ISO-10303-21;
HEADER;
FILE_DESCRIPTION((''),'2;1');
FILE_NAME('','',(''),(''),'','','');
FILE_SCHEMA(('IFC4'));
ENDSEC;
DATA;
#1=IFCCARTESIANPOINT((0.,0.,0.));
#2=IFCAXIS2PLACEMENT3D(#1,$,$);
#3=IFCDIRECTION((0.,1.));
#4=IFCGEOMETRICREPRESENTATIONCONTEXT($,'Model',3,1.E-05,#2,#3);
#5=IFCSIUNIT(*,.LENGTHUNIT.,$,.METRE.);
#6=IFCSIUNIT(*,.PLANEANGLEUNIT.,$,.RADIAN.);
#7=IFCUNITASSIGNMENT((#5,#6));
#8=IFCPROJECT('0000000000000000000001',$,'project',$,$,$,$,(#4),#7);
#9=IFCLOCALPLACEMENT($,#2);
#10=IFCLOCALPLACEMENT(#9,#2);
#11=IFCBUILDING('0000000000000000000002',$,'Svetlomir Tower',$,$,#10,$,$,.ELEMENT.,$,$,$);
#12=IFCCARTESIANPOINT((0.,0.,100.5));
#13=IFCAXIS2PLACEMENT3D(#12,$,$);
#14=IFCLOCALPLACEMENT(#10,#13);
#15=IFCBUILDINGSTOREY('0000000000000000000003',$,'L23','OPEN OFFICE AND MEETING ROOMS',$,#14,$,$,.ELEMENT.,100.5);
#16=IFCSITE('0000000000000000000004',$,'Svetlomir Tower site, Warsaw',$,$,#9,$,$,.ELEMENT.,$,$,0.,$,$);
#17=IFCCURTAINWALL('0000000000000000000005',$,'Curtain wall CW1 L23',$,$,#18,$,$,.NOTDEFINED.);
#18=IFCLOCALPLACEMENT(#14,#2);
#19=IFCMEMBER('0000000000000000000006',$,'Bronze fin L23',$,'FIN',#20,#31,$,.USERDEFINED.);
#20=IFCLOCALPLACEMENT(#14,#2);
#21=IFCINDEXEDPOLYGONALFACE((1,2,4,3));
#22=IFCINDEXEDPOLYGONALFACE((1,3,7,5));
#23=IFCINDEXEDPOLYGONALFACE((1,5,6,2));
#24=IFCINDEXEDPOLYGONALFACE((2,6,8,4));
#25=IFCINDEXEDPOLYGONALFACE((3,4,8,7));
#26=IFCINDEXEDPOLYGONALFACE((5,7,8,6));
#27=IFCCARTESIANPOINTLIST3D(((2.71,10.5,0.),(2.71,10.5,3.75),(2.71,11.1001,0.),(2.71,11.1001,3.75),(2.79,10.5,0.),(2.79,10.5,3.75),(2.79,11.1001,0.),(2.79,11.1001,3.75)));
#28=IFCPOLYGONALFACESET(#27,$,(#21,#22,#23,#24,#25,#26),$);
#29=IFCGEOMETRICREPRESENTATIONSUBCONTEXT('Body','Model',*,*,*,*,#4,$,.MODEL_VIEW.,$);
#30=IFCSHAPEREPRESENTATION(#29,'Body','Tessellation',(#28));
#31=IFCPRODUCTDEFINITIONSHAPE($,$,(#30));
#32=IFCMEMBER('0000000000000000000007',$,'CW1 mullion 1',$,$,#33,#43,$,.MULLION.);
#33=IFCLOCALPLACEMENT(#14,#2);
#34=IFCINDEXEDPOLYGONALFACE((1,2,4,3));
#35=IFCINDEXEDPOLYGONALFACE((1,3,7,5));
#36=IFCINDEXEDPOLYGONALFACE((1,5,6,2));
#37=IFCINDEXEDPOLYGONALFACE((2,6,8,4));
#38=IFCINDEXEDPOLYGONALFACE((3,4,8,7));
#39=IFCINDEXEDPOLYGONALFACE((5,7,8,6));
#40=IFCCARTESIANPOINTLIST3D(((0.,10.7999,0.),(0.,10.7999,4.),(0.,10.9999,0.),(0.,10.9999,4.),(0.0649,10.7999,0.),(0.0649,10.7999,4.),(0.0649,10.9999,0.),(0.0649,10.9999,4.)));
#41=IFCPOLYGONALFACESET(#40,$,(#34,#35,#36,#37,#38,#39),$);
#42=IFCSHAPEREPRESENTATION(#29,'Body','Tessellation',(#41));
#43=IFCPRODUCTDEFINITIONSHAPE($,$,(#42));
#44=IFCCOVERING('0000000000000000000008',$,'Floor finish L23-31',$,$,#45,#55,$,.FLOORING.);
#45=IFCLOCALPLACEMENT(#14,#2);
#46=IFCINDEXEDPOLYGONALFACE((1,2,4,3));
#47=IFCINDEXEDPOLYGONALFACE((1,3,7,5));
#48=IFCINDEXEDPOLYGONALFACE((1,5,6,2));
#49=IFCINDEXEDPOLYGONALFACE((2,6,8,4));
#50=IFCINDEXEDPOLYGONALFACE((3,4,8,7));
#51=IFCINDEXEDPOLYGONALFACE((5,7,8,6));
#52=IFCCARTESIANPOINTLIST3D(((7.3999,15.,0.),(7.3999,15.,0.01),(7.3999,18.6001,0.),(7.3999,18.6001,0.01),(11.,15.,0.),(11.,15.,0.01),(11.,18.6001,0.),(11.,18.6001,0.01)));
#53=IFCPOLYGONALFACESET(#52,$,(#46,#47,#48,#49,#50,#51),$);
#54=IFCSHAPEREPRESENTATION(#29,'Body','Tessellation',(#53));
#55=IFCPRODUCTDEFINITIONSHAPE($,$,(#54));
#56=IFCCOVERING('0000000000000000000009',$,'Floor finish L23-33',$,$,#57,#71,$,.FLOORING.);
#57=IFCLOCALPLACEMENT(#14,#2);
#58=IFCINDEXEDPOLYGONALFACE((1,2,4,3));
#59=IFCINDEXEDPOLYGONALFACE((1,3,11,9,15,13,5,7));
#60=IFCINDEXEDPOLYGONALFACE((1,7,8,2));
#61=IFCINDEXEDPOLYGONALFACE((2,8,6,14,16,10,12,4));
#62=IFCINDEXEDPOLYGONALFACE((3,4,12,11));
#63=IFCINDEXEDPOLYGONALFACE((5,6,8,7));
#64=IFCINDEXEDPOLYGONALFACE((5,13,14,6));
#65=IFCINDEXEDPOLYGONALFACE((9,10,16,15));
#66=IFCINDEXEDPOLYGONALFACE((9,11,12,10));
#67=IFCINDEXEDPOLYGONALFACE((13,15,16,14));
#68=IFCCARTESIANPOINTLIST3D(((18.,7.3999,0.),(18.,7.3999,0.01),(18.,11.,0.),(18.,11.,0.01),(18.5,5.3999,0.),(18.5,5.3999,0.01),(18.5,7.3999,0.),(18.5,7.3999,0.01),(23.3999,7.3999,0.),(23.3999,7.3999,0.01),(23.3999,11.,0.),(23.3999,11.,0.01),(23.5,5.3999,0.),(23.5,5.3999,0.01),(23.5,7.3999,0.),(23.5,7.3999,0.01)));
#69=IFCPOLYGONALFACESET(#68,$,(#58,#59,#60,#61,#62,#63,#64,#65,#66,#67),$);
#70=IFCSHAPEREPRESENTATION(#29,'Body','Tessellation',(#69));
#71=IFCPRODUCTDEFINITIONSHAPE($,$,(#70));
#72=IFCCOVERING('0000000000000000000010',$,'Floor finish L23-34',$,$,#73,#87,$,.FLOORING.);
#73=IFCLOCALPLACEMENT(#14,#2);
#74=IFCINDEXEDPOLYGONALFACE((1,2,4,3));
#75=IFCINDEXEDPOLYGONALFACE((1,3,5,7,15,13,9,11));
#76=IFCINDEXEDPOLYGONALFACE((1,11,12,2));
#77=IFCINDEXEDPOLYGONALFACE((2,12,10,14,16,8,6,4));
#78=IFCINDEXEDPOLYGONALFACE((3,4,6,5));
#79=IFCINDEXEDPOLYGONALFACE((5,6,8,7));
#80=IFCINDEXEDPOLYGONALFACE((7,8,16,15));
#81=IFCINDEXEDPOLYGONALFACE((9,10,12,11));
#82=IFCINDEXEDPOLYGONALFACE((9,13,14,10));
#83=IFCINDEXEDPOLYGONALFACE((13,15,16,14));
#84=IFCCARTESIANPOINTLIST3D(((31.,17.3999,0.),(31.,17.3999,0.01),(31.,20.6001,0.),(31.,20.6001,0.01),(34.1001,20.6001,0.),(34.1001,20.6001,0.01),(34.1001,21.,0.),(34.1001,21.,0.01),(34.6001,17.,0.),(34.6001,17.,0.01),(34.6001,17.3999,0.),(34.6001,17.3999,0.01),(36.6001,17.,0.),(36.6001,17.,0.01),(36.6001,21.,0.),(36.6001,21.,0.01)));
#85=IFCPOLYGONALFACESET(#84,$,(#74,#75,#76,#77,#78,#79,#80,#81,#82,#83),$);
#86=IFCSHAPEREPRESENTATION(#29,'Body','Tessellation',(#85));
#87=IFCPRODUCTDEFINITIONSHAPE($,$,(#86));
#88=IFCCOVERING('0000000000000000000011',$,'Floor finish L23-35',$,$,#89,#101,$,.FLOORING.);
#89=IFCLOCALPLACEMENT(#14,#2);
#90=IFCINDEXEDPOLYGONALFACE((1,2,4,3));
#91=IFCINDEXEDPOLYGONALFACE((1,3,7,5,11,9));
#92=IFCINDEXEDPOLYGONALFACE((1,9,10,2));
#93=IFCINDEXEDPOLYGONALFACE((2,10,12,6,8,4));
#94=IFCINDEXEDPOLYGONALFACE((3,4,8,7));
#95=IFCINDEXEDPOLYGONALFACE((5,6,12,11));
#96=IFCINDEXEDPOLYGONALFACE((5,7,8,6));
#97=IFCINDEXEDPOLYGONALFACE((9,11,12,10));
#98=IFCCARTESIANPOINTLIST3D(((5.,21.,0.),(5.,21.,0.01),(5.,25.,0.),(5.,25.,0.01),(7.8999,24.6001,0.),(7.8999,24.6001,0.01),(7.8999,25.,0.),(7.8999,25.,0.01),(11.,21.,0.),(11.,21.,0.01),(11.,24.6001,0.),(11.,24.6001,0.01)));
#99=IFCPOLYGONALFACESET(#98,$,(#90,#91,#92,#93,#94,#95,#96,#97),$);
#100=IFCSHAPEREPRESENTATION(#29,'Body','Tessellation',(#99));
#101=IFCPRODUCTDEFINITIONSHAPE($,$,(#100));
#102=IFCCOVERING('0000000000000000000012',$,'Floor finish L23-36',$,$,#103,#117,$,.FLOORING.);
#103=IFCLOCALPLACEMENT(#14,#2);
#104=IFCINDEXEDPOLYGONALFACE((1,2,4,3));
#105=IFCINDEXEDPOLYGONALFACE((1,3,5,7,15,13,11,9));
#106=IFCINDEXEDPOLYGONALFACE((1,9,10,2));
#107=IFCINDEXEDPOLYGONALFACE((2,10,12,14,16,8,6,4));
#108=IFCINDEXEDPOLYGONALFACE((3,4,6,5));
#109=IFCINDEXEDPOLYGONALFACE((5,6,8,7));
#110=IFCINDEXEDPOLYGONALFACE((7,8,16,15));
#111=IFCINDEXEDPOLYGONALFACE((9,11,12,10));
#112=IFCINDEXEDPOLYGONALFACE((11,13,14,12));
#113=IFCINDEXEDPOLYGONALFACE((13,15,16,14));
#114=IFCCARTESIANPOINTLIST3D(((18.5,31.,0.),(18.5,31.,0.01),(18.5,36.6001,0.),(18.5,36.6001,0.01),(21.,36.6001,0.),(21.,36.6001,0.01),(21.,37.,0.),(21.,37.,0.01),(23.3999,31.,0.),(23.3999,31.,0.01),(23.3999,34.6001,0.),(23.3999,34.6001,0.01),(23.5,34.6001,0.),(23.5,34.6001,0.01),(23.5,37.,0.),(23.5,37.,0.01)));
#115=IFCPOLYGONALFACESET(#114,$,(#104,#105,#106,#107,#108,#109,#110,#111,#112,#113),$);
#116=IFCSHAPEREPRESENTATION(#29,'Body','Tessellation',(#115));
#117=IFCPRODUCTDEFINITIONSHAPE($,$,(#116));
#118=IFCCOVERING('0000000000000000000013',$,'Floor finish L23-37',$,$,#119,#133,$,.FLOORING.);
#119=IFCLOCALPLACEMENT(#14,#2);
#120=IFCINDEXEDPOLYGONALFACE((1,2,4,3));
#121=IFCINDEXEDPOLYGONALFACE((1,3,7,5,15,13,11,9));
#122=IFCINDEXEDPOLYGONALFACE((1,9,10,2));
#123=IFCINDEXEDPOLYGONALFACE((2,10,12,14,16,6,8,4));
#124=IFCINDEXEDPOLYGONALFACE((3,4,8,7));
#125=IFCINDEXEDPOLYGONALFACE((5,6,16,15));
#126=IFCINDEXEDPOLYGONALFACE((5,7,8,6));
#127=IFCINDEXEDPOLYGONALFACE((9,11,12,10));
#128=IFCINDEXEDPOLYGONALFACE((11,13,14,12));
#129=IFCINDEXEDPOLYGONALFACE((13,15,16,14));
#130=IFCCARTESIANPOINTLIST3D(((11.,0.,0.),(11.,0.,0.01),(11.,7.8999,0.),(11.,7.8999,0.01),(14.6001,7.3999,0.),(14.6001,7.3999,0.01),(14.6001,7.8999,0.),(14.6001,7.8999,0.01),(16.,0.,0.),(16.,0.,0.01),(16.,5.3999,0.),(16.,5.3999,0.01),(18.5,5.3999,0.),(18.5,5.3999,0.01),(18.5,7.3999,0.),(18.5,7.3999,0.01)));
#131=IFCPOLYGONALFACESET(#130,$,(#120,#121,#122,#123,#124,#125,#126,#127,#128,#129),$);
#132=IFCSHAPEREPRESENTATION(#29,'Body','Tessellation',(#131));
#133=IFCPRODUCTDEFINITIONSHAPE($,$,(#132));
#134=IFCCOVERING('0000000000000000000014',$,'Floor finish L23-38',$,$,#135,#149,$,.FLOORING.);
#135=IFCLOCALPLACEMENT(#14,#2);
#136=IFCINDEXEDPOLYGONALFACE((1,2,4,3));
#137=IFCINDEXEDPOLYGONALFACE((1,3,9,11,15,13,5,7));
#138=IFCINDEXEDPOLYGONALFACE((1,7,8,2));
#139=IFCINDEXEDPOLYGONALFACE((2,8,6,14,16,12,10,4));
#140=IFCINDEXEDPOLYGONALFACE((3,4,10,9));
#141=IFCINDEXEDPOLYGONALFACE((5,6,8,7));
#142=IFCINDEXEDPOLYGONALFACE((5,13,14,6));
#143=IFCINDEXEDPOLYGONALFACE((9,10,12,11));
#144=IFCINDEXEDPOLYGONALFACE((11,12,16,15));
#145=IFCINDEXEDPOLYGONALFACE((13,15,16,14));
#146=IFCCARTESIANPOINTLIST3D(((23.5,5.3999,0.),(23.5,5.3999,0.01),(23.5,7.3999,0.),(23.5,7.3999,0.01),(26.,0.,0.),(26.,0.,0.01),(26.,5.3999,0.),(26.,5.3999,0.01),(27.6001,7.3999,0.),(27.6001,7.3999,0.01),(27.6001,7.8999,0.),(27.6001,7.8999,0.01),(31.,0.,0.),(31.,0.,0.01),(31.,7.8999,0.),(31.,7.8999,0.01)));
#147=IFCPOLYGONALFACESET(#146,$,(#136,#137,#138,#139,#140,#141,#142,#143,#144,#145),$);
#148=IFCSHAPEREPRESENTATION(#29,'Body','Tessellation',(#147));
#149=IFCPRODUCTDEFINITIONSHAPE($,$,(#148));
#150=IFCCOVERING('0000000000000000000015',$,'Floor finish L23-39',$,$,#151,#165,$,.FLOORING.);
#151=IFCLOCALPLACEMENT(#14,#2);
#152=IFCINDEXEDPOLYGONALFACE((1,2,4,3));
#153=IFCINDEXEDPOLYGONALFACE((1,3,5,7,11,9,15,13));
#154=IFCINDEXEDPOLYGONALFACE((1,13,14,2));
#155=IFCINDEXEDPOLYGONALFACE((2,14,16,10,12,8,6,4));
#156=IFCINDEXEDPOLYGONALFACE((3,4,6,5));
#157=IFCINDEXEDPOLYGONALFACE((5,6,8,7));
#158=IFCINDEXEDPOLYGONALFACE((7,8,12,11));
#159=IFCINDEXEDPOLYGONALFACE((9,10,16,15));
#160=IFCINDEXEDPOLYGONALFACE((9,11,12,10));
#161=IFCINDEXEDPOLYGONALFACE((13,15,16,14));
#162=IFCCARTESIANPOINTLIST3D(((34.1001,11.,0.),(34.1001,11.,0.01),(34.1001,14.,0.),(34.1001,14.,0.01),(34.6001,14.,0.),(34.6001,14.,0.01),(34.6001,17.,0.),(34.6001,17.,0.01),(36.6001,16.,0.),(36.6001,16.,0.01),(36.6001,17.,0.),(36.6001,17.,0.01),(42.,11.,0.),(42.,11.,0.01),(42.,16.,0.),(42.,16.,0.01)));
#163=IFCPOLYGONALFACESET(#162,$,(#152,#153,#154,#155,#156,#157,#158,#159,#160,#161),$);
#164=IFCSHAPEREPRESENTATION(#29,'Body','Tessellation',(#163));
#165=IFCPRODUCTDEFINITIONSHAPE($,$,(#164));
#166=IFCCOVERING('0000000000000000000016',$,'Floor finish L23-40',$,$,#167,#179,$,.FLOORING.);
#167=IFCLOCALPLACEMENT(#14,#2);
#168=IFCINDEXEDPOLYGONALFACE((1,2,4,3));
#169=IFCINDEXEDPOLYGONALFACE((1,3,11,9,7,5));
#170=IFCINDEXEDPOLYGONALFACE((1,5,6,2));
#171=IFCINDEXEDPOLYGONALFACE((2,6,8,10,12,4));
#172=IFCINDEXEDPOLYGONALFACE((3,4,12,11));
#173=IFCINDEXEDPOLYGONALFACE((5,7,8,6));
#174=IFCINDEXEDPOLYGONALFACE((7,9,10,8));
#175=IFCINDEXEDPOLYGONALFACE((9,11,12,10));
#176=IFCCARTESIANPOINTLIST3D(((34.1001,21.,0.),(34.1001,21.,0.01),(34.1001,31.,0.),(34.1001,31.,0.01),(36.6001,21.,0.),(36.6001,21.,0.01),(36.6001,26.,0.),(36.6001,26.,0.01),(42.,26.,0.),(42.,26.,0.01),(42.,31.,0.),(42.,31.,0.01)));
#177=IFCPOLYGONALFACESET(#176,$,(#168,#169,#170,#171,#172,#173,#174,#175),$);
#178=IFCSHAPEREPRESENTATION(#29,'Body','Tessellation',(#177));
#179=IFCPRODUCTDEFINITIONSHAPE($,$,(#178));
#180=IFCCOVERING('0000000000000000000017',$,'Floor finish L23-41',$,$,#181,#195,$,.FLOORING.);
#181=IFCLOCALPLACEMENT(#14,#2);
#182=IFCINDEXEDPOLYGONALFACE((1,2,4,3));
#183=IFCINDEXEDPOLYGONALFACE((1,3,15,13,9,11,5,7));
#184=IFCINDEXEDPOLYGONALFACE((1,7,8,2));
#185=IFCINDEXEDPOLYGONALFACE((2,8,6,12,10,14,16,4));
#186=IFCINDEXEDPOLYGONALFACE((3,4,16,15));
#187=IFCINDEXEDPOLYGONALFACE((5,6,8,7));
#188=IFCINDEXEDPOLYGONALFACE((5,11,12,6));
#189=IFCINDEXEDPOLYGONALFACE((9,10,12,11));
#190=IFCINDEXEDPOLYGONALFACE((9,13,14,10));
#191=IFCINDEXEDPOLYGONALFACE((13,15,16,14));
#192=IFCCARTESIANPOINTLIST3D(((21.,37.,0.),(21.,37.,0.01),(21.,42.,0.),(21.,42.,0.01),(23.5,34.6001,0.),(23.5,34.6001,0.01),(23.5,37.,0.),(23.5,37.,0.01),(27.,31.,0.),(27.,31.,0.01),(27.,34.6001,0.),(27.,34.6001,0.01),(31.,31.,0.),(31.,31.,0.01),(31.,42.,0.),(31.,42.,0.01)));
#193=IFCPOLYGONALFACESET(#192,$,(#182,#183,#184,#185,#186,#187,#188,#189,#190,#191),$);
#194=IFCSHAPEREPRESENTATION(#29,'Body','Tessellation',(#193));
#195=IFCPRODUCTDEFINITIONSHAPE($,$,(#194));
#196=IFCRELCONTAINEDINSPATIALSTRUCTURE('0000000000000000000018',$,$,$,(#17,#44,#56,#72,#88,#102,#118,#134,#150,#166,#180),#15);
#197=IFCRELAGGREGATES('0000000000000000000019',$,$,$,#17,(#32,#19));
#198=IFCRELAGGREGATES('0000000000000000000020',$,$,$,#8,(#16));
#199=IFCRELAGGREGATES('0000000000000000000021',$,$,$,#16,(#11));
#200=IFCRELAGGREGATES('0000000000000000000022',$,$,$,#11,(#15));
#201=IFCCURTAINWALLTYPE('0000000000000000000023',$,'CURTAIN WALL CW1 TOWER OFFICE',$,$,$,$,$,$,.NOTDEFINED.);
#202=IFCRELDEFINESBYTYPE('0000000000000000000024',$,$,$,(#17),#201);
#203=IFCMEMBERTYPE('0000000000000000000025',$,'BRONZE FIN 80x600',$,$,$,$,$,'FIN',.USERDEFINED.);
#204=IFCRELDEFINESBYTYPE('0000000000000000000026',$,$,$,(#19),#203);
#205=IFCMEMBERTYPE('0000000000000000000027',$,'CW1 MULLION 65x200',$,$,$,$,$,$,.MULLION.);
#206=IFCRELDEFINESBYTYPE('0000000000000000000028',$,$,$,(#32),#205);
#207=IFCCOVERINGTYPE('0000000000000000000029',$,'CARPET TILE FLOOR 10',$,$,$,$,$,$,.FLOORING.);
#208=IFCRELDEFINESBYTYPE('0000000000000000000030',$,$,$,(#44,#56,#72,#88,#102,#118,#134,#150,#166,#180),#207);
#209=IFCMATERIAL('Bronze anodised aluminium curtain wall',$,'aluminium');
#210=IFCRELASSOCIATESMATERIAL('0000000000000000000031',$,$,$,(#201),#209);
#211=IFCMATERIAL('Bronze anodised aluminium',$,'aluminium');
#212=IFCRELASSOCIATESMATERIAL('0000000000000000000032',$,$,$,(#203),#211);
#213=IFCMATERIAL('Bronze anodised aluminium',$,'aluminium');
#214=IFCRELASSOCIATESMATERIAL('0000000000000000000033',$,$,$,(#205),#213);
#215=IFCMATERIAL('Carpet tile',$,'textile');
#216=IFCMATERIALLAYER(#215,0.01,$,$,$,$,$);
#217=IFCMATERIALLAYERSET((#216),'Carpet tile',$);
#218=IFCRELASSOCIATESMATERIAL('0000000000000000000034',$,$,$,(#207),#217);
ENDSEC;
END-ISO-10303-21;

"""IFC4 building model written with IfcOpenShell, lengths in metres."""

from ifc_helpers import new_model, si_unit, direction, frame, origin, origin_2d, place, context, subcontext, project, spatial, polyline, rectangle, outline, extrude, material, layer, layer_set, material_profile, profile_set, type_object, element, aggregate, save


model = new_model("IFC4")

# Units and contexts
model_context = context("Model", 3, precision=1e-05, world=origin(), true_north=direction((0.0, 1.0)))
body_context = subcontext(model_context, "Body", "Model", "MODEL_VIEW")
ifc_project = project(units=[si_unit("LENGTHUNIT", "METRE"), si_unit("PLANEANGLEUNIT", "RADIAN")], contexts=[model_context])

# Site, building, storey
site_placement = place(None, origin())
site = spatial("IfcSite", under=ifc_project, at=site_placement, Name="Svetlomir Tower site, Warsaw", CompositionType="ELEMENT", RefElevation=0.0)
building_placement = place(site_placement, origin())
building = spatial("IfcBuilding", under=site, at=building_placement, Name="Svetlomir Tower", CompositionType="ELEMENT")
storey_placement = place(building_placement, frame((0.0, 0.0, 100.5)))
storey = spatial("IfcBuildingStorey", under=building, at=storey_placement, Name="L23", Description="OPEN OFFICE AND MEETING ROOMS", CompositionType="ELEMENT", Elevation=100.5)

# Curtain wall, members
ifc_material_1 = material(Name="Bronze anodised aluminium curtain wall", Category="aluminium")
curtain_wall_type = type_object("IfcCurtainWallType", Name="CURTAIN WALL CW1 TOWER OFFICE", PredefinedType="NOTDEFINED", material=ifc_material_1)
curtain_wall_placement = place(storey_placement, origin())
curtain_wall = element("IfcCurtainWall", 1, at=curtain_wall_placement, inside=storey, type_object=curtain_wall_type, Name="Curtain wall CW1 L23", PredefinedType="NOTDEFINED")
ifc_material_2 = material(Name="Bronze anodised aluminium", Category="aluminium")
ifc_material_profile_1 = material_profile(ifc_material_2, rectangle(XDim=0.0801, YDim=0.6001, at=origin_2d()), Name="FIN 80x600")
ifc_profile_set_1 = profile_set([ifc_material_profile_1], Name="Bronze anodised aluminium 6063-T6")
member_type_1 = type_object("IfcMemberType", Name="BRONZE FIN 80x600", ElementType="FIN", PredefinedType="USERDEFINED", material=ifc_profile_set_1)
member_1_placement = place(storey_placement, frame((2.75, 10.8, 0.0), z_axis=(0.0, 0.0, 1.0), x_axis=(1.0, 0.0, 0.0)))
member_1 = element("IfcMember", 2, at=member_1_placement, type_object=member_type_1, Name="Bronze fin L23", ObjectType="FIN", PredefinedType="USERDEFINED", context=body_context, shape_type="SweptSolid", body=[
    extrude(rectangle(XDim=0.0801, YDim=0.6001, at=origin_2d()), origin(), (0.0, 0.0, 1.0), 3.75),
])
ifc_material_3 = material(Name="Bronze anodised aluminium", Category="aluminium")
ifc_material_profile_2 = material_profile(ifc_material_3, rectangle(XDim=0.0649, YDim=0.2, at=origin_2d()), Name="AL 65x200")
ifc_profile_set_2 = profile_set([ifc_material_profile_2], Name="Bronze anodised aluminium 6063-T6")
member_type_2 = type_object("IfcMemberType", Name="CW1 MULLION 65x200", PredefinedType="MULLION", material=ifc_profile_set_2)
member_2_placement = place(storey_placement, frame((0.0325, 10.8999, 0.0), z_axis=(0.0, 0.0, 1.0), x_axis=(1.0, 0.0, 0.0)))
member_2 = element("IfcMember", 3, at=member_2_placement, type_object=member_type_2, Name="CW1 mullion 1", PredefinedType="MULLION", context=body_context, shape_type="SweptSolid", body=[
    extrude(rectangle(XDim=0.0649, YDim=0.2, at=origin_2d()), origin(), (0.0, 0.0, 1.0), 4.0),
])
aggregate(curtain_wall, [member_2, member_1])

# Coverings
ifc_material_4 = material(Name="Carpet tile", Category="textile")
ifc_layer_1 = layer(ifc_material_4, 0.01)
ifc_layer_set_1 = layer_set([ifc_layer_1], Name="Carpet tile")
covering_type_1 = type_object("IfcCoveringType", Name="CARPET TILE FLOOR 10", PredefinedType="FLOORING", material=ifc_layer_set_1)
covering_1_placement = place(storey_placement, origin())
element("IfcCovering", 4, at=covering_1_placement, inside=storey, type_object=covering_type_1, Name="Floor finish L23-31", PredefinedType="FLOORING", context=body_context, shape_type="SweptSolid", body=[
    extrude(outline(polyline([(7.3999, 15.0), (11.0, 15.0), (11.0, 18.6001), (7.3999, 18.6001), (7.3999, 15.0)])), origin(), (0.0, 0.0, 1.0), 0.01),
])
covering_2_placement = place(storey_placement, origin())
element("IfcCovering", 5, at=covering_2_placement, inside=storey, type_object=covering_type_1, Name="Floor finish L23-33", PredefinedType="FLOORING", context=body_context, shape_type="SweptSolid", body=[
    extrude(outline(polyline([(23.5, 7.3999), (23.5, 5.3999), (18.5, 5.3999), (18.5, 7.3999), (18.0, 7.3999), (18.0, 11.0), (23.3999, 11.0), (23.3999, 7.3999), (23.5, 7.3999)])), origin(), (0.0, 0.0, 1.0), 0.01),
])
covering_3_placement = place(storey_placement, origin())
element("IfcCovering", 6, at=covering_3_placement, inside=storey, type_object=covering_type_1, Name="Floor finish L23-34", PredefinedType="FLOORING", context=body_context, shape_type="SweptSolid", body=[
    extrude(outline(polyline([(31.0, 20.6001), (34.1001, 20.6001), (34.1001, 21.0), (36.6001, 21.0), (36.6001, 17.0), (34.6001, 17.0), (34.6001, 17.3999), (31.0, 17.3999), (31.0, 20.6001)])), origin(), (0.0, 0.0, 1.0), 0.01),
])
covering_4_placement = place(storey_placement, origin())
element("IfcCovering", 7, at=covering_4_placement, inside=storey, type_object=covering_type_1, Name="Floor finish L23-35", PredefinedType="FLOORING", context=body_context, shape_type="SweptSolid", body=[
    extrude(outline(polyline([(5.0, 21.0), (5.0, 25.0), (7.8999, 25.0), (7.8999, 24.6001), (11.0, 24.6001), (11.0, 21.0), (5.0, 21.0)])), origin(), (0.0, 0.0, 1.0), 0.01),
])
covering_5_placement = place(storey_placement, origin())
element("IfcCovering", 8, at=covering_5_placement, inside=storey, type_object=covering_type_1, Name="Floor finish L23-36", PredefinedType="FLOORING", context=body_context, shape_type="SweptSolid", body=[
    extrude(outline(polyline([(18.5, 36.6001), (21.0, 36.6001), (21.0, 37.0), (23.5, 37.0), (23.5, 34.6001), (23.3999, 34.6001), (23.3999, 31.0), (18.5, 31.0), (18.5, 36.6001)])), origin(), (0.0, 0.0, 1.0), 0.01),
])
covering_6_placement = place(storey_placement, origin())
element("IfcCovering", 9, at=covering_6_placement, inside=storey, type_object=covering_type_1, Name="Floor finish L23-37", PredefinedType="FLOORING", context=body_context, shape_type="SweptSolid", body=[
    extrude(outline(polyline([(14.6001, 7.8999), (14.6001, 7.3999), (18.5, 7.3999), (18.5, 5.3999), (16.0, 5.3999), (16.0, 0.0), (11.0, 0.0), (11.0, 7.8999), (14.6001, 7.8999)])), origin(), (0.0, 0.0, 1.0), 0.01),
])
covering_7_placement = place(storey_placement, origin())
element("IfcCovering", 10, at=covering_7_placement, inside=storey, type_object=covering_type_1, Name="Floor finish L23-38", PredefinedType="FLOORING", context=body_context, shape_type="SweptSolid", body=[
    extrude(outline(polyline([(27.6001, 7.8999), (31.0, 7.8999), (31.0, 0.0), (26.0, 0.0), (26.0, 5.3999), (23.5, 5.3999), (23.5, 7.3999), (27.6001, 7.3999), (27.6001, 7.8999)])), origin(), (0.0, 0.0, 1.0), 0.01),
])
covering_8_placement = place(storey_placement, origin())
element("IfcCovering", 11, at=covering_8_placement, inside=storey, type_object=covering_type_1, Name="Floor finish L23-39", PredefinedType="FLOORING", context=body_context, shape_type="SweptSolid", body=[
    extrude(outline(polyline([(34.1001, 14.0), (34.6001, 14.0), (34.6001, 17.0), (36.6001, 17.0), (36.6001, 16.0), (42.0, 16.0), (42.0, 11.0), (34.1001, 11.0), (34.1001, 14.0)])), origin(), (0.0, 0.0, 1.0), 0.01),
])
covering_9_placement = place(storey_placement, origin())
element("IfcCovering", 12, at=covering_9_placement, inside=storey, type_object=covering_type_1, Name="Floor finish L23-40", PredefinedType="FLOORING", context=body_context, shape_type="SweptSolid", body=[
    extrude(outline(polyline([(34.1001, 31.0), (42.0, 31.0), (42.0, 26.0), (36.6001, 26.0), (36.6001, 21.0), (34.1001, 21.0), (34.1001, 31.0)])), origin(), (0.0, 0.0, 1.0), 0.01),
])
covering_10_placement = place(storey_placement, origin())
element("IfcCovering", 13, at=covering_10_placement, inside=storey, type_object=covering_type_1, Name="Floor finish L23-41", PredefinedType="FLOORING", context=body_context, shape_type="SweptSolid", body=[
    extrude(outline(polyline([(27.0, 31.0), (27.0, 34.6001), (23.5, 34.6001), (23.5, 37.0), (21.0, 37.0), (21.0, 42.0), (31.0, 42.0), (31.0, 31.0), (27.0, 31.0)])), origin(), (0.0, 0.0, 1.0), 0.01),
])

save(model, "model.ifc")
